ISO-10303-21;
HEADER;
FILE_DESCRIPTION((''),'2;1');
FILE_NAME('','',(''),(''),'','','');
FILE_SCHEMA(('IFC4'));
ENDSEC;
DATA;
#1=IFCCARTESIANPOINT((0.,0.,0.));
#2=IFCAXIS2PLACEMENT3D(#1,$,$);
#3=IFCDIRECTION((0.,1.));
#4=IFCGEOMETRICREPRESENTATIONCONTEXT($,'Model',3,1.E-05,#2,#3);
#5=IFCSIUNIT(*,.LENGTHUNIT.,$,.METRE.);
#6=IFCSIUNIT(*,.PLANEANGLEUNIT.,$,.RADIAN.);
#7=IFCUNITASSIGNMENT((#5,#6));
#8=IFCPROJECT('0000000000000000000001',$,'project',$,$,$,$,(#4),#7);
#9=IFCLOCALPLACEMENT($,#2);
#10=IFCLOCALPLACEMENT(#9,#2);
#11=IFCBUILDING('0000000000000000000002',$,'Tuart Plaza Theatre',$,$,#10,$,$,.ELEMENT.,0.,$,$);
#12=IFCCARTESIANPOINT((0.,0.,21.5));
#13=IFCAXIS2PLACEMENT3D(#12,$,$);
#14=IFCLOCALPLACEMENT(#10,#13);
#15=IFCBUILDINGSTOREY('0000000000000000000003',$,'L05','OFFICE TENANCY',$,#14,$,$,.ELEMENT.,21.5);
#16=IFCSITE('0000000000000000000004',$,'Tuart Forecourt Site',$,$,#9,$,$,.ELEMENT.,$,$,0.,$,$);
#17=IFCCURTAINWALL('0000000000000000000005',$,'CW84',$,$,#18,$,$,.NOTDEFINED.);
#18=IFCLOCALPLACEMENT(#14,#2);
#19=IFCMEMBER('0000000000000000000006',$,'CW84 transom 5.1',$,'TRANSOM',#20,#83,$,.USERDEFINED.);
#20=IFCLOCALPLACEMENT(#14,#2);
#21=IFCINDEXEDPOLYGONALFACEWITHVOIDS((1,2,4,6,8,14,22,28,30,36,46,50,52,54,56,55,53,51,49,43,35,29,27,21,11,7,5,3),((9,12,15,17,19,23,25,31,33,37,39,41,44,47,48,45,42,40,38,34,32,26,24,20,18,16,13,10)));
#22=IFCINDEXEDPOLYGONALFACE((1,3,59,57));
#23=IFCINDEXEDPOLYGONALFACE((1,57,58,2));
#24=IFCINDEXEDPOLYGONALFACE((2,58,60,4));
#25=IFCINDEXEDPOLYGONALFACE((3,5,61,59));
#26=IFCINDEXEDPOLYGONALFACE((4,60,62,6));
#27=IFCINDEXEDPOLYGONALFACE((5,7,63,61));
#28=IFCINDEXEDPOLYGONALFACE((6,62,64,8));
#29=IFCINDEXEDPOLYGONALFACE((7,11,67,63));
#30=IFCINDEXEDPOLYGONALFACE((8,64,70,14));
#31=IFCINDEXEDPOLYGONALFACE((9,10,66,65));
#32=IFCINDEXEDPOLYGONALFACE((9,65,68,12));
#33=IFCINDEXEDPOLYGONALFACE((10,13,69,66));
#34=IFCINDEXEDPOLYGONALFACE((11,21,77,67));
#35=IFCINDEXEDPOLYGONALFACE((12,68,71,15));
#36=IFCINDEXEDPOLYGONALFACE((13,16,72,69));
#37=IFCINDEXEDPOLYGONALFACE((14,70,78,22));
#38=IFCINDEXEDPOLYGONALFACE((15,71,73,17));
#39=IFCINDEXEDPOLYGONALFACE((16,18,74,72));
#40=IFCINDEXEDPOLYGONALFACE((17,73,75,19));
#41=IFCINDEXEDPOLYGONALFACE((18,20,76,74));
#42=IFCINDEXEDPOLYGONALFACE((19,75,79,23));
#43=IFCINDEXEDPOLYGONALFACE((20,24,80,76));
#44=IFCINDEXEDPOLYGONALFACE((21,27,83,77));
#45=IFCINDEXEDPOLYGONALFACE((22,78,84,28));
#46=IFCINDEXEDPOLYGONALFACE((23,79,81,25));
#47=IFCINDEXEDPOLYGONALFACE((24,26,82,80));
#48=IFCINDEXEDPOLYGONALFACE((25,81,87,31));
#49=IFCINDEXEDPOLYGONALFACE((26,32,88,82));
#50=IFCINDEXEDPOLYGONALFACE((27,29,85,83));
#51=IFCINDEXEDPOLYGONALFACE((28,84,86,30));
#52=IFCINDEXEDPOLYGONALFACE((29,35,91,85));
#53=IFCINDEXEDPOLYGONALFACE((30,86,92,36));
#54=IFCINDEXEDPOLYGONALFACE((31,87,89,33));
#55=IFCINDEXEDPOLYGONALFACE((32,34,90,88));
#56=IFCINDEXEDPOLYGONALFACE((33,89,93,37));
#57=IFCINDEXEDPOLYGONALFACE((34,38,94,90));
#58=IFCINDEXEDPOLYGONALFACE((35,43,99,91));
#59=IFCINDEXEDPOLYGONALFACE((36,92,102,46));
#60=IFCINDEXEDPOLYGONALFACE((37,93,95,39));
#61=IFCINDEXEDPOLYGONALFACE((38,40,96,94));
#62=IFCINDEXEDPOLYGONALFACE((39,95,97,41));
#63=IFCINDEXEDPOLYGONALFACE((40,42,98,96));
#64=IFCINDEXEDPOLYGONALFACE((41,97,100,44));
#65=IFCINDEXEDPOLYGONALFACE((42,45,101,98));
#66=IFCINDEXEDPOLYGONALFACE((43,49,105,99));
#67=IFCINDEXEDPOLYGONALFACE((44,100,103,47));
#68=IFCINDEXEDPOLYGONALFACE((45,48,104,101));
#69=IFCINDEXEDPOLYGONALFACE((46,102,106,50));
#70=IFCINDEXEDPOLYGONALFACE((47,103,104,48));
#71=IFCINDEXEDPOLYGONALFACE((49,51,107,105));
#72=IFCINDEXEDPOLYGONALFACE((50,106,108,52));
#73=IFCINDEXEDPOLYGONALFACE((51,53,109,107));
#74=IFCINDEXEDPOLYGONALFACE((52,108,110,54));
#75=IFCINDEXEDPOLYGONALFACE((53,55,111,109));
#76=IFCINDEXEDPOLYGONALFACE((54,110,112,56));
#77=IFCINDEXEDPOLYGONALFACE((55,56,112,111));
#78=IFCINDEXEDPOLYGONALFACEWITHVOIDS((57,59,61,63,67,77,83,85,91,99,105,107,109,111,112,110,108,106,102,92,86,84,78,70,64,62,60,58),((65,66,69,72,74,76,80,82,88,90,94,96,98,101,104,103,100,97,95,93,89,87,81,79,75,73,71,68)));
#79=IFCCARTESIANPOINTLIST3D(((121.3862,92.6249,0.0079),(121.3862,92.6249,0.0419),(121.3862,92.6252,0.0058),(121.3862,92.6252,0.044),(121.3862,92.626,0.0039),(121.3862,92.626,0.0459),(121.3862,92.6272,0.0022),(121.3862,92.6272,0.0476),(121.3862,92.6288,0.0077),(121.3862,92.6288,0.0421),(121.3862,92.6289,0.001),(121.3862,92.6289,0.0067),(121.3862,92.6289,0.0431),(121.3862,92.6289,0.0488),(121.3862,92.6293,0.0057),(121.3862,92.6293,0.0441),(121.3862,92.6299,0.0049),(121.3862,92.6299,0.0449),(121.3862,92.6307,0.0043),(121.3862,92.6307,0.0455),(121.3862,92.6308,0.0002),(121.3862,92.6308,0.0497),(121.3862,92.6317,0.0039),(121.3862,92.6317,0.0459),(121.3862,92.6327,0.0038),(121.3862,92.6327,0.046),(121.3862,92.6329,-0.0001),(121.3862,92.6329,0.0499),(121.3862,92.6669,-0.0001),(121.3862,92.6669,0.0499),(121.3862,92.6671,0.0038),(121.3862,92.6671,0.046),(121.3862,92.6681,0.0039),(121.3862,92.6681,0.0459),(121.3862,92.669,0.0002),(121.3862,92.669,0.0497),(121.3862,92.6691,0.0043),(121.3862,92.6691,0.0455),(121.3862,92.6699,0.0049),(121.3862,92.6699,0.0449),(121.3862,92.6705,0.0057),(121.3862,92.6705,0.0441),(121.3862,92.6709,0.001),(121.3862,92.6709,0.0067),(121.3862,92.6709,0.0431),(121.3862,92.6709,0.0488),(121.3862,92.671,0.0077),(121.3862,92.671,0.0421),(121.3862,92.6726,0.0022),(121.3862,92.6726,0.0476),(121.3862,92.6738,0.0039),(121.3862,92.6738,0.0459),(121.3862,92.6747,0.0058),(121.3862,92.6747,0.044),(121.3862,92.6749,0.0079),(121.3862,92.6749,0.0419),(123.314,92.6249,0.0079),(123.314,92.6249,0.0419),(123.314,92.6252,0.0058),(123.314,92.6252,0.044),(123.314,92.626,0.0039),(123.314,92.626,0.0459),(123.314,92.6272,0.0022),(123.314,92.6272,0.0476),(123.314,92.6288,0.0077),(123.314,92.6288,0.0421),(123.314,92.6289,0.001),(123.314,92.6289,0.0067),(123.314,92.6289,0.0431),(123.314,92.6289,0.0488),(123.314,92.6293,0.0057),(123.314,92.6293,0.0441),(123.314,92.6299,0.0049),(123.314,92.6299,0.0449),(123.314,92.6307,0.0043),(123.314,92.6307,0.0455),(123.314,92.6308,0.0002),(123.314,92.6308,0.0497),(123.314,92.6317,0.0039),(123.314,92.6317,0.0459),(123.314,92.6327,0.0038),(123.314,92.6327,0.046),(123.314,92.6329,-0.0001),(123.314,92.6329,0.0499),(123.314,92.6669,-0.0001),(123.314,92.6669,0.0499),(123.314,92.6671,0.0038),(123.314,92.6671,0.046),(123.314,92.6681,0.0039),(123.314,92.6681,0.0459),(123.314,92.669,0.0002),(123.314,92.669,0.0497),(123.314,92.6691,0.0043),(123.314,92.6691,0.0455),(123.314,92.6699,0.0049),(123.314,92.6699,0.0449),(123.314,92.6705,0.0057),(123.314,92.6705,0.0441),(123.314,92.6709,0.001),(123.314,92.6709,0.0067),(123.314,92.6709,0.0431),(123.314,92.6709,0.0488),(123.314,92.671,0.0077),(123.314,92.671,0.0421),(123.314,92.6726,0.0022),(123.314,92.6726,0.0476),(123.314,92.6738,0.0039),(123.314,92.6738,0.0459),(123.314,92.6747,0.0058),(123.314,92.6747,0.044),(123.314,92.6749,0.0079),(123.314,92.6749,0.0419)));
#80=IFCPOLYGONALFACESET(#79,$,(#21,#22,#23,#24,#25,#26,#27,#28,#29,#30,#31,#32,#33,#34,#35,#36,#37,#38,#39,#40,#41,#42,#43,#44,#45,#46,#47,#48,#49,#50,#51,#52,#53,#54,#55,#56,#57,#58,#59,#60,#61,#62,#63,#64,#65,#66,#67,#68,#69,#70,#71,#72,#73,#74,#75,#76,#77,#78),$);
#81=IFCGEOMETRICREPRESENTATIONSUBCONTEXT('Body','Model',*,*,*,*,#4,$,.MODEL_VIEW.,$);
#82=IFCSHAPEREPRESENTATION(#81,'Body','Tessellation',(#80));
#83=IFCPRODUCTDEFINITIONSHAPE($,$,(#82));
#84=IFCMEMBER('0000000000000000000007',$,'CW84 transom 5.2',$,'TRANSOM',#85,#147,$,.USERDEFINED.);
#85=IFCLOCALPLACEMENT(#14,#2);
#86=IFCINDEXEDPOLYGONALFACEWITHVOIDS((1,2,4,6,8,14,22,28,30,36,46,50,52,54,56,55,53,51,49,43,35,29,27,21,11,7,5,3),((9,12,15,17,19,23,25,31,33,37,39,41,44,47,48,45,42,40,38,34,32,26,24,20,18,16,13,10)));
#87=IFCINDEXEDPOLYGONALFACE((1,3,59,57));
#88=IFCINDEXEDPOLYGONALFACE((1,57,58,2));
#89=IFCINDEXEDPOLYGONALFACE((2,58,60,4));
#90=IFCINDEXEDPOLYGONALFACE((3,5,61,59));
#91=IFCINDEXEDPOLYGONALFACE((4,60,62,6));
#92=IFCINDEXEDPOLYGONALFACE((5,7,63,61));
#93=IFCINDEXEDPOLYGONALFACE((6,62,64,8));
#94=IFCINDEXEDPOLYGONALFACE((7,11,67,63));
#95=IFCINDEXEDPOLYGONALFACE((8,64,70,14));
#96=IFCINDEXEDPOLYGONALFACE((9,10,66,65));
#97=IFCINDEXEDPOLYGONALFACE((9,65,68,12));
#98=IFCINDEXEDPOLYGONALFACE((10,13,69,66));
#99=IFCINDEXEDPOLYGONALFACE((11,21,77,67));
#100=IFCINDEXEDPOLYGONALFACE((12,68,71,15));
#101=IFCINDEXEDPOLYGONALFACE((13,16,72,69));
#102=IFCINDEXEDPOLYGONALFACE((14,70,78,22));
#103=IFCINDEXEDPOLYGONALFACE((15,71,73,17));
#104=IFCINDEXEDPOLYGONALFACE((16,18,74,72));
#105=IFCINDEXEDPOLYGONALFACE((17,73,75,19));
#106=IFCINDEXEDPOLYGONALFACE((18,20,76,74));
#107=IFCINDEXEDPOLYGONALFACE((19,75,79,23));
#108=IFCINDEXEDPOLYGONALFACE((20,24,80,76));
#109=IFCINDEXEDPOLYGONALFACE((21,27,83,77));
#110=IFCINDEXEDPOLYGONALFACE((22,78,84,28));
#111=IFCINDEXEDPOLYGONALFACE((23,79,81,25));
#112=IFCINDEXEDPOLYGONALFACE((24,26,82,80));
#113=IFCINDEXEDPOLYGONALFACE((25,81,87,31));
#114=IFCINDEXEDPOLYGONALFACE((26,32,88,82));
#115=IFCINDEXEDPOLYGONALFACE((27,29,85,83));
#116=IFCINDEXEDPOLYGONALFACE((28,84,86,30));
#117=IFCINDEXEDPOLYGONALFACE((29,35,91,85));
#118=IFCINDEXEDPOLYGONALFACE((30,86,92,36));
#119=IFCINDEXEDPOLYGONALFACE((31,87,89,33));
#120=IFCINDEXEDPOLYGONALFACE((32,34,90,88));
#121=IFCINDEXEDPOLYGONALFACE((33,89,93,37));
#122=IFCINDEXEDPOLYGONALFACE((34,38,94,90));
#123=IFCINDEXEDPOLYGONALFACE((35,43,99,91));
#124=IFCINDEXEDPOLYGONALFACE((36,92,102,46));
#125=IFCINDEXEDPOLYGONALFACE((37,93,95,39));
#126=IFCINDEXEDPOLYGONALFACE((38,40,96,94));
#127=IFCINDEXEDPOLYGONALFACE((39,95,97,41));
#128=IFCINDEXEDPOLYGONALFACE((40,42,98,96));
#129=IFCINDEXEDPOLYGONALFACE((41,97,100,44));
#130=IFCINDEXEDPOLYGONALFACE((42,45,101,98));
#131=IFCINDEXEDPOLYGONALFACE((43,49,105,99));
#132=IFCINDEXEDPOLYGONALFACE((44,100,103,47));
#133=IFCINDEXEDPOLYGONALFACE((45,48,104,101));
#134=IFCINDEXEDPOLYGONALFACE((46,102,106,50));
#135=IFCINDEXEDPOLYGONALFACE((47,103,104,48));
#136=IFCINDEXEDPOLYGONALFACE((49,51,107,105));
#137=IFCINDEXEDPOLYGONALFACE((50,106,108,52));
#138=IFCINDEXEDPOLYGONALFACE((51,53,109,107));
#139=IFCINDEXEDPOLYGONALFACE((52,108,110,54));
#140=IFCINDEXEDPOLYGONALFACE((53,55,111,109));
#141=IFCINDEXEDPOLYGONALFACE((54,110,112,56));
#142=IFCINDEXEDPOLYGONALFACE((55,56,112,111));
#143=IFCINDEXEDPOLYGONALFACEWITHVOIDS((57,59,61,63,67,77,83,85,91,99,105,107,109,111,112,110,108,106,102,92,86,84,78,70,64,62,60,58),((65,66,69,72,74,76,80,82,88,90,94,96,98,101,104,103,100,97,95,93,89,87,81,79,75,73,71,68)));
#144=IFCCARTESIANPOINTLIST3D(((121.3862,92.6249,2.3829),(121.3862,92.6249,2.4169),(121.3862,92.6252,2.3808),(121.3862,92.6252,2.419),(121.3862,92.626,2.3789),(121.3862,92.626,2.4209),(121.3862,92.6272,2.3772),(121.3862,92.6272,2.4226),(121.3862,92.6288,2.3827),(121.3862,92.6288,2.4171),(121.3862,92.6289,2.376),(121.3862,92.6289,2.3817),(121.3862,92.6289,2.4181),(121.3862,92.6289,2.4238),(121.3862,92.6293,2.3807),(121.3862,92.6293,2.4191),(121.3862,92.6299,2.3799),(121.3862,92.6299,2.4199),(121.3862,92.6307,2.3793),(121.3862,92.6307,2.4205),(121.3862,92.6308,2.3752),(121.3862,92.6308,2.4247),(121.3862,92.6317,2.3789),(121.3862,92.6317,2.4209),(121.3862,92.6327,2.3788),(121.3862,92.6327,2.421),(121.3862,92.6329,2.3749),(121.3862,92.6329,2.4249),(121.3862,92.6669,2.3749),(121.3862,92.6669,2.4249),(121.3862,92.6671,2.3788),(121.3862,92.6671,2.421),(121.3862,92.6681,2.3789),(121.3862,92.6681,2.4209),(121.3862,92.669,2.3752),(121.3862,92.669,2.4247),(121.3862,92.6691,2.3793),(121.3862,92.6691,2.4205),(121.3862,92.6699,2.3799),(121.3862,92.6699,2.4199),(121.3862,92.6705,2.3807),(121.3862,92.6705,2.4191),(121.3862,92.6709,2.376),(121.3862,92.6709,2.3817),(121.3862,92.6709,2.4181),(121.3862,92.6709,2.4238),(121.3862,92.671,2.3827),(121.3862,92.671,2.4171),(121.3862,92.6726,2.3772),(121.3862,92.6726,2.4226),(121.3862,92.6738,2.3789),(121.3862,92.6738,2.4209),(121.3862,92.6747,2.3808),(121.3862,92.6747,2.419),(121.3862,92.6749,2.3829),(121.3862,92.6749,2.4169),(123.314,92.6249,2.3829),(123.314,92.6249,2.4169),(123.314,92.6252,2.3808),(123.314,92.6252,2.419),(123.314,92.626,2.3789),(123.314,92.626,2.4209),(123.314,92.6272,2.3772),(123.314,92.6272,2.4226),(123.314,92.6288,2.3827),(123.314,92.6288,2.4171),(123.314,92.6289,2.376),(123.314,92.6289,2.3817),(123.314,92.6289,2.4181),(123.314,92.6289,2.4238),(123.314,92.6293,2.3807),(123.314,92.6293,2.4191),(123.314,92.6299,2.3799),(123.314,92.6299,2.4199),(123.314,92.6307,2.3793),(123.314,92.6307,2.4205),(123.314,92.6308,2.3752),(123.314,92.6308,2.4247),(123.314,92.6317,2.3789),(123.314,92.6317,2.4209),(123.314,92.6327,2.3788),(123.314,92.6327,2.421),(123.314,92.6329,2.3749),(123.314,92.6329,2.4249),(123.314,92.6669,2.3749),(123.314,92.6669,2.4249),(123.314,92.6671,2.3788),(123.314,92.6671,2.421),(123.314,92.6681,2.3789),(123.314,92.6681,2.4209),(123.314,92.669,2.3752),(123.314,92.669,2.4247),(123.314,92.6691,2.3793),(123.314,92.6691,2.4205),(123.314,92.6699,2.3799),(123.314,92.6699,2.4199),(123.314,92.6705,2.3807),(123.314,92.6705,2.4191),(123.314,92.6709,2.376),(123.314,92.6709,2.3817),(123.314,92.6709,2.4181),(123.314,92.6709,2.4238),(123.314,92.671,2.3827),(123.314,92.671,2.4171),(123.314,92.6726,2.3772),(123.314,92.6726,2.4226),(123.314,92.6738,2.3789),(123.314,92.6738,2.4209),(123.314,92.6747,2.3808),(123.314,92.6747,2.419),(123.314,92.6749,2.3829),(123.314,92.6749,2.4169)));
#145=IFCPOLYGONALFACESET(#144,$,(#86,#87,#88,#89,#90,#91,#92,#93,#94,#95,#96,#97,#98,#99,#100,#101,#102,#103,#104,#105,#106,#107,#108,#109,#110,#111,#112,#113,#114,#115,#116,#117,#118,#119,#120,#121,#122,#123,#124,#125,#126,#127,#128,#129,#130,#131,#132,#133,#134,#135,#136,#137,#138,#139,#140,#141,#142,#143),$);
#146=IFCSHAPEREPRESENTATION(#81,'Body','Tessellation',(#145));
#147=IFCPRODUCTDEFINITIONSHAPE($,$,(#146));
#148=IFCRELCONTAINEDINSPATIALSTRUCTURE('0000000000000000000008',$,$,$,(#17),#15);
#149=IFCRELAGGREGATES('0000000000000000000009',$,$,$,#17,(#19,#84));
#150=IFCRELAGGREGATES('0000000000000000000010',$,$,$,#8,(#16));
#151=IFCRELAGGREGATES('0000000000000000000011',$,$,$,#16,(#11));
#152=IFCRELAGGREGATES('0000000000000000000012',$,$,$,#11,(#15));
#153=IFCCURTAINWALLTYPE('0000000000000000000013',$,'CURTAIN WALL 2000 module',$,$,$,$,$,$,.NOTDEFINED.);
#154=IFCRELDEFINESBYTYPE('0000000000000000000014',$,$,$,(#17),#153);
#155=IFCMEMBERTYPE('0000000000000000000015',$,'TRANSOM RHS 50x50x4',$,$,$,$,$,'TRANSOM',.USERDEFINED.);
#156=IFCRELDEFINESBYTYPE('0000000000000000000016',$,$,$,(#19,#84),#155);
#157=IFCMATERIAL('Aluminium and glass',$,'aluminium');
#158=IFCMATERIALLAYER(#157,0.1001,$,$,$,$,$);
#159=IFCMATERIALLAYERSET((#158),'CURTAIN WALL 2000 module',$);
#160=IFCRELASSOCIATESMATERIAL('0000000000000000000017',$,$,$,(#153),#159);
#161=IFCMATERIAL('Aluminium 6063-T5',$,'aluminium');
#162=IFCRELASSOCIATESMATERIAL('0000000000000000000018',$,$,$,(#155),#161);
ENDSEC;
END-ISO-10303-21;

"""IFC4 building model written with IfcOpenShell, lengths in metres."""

from ifc_helpers import new_model, si_unit, direction, frame, origin, origin_2d, place, context, subcontext, project, spatial, hollow_rectangle, extrude, material, layer, layer_set, material_profile, profile_set, type_object, element, aggregate, save


model = new_model("IFC4")

# Units and contexts
model_context = context("Model", 3, precision=1e-05, world=origin(), true_north=direction((0.0, 1.0)))
body_context = subcontext(model_context, "Body", "Model", "MODEL_VIEW")
ifc_project = project(units=[si_unit("LENGTHUNIT", "METRE"), si_unit("PLANEANGLEUNIT", "RADIAN")], contexts=[model_context])

# Site, building, storey
site_placement = place(None, origin())
site = spatial("IfcSite", under=ifc_project, at=site_placement, Name="Tuart Forecourt Site", CompositionType="ELEMENT", RefElevation=0.0)
building_placement = place(site_placement, origin())
building = spatial("IfcBuilding", under=site, at=building_placement, Name="Tuart Plaza Theatre", CompositionType="ELEMENT", ElevationOfRefHeight=0.0)
storey_placement = place(building_placement, frame((0.0, 0.0, 21.5)))
storey = spatial("IfcBuildingStorey", under=building, at=storey_placement, Name="L05", Description="OFFICE TENANCY", CompositionType="ELEMENT", Elevation=21.5)

# Curtain wall, members
ifc_material_1 = material(Name="Aluminium and glass", Category="aluminium")
ifc_layer_1 = layer(ifc_material_1, 0.1001)
ifc_layer_set_1 = layer_set([ifc_layer_1], Name="CURTAIN WALL 2000 module")
curtain_wall_type = type_object("IfcCurtainWallType", Name="CURTAIN WALL 2000 module", PredefinedType="NOTDEFINED", material=ifc_layer_set_1)
curtain_wall_placement = place(storey_placement, origin())
curtain_wall = element("IfcCurtainWall", 1, at=curtain_wall_placement, inside=storey, type_object=curtain_wall_type, Name="CW84", PredefinedType="NOTDEFINED")
ifc_material_2 = material(Name="Aluminium 6063-T5", Category="aluminium")
ifc_material_profile_1 = material_profile(ifc_material_2, hollow_rectangle(XDim=0.05, YDim=0.05, WallThickness=0.0039, InnerFilletRadius=0.0039, OuterFilletRadius=0.0081, at=origin_2d()), Name="RHS 50x50x4")
ifc_profile_set_1 = profile_set([ifc_material_profile_1], Name="Aluminium 6063-T5")
member_type_1 = type_object("IfcMemberType", Name="TRANSOM RHS 50x50x4", ElementType="TRANSOM", PredefinedType="USERDEFINED", material=ifc_profile_set_1)
member_1_placement = place(storey_placement, frame((123.314, 92.6499, 0.0249), z_axis=(-1.0, 0.0, 0.0), x_axis=(0.0, -1.0, 0.0)))
member_1 = element("IfcMember", 2, at=member_1_placement, type_object=member_type_1, Name="CW84 transom 5.1", ObjectType="TRANSOM", PredefinedType="USERDEFINED", context=body_context, shape_type="SweptSolid", body=[
    extrude(hollow_rectangle(XDim=0.05, YDim=0.05, WallThickness=0.0039, InnerFilletRadius=0.0039, OuterFilletRadius=0.0081, at=origin_2d()), origin(), (0.0, 0.0, 1.0), 1.9277),
])
member_2_placement = place(storey_placement, frame((123.314, 92.6499, 2.3999), z_axis=(-1.0, 0.0, 0.0), x_axis=(0.0, -1.0, 0.0)))
member_2 = element("IfcMember", 3, at=member_2_placement, type_object=member_type_1, Name="CW84 transom 5.2", ObjectType="TRANSOM", PredefinedType="USERDEFINED", context=body_context, shape_type="SweptSolid", body=[
    extrude(hollow_rectangle(XDim=0.05, YDim=0.05, WallThickness=0.0039, InnerFilletRadius=0.0039, OuterFilletRadius=0.0081, at=origin_2d()), origin(), (0.0, 0.0, 1.0), 1.9277),
])
aggregate(curtain_wall, [member_1, member_2])

save(model, "model.ifc")
